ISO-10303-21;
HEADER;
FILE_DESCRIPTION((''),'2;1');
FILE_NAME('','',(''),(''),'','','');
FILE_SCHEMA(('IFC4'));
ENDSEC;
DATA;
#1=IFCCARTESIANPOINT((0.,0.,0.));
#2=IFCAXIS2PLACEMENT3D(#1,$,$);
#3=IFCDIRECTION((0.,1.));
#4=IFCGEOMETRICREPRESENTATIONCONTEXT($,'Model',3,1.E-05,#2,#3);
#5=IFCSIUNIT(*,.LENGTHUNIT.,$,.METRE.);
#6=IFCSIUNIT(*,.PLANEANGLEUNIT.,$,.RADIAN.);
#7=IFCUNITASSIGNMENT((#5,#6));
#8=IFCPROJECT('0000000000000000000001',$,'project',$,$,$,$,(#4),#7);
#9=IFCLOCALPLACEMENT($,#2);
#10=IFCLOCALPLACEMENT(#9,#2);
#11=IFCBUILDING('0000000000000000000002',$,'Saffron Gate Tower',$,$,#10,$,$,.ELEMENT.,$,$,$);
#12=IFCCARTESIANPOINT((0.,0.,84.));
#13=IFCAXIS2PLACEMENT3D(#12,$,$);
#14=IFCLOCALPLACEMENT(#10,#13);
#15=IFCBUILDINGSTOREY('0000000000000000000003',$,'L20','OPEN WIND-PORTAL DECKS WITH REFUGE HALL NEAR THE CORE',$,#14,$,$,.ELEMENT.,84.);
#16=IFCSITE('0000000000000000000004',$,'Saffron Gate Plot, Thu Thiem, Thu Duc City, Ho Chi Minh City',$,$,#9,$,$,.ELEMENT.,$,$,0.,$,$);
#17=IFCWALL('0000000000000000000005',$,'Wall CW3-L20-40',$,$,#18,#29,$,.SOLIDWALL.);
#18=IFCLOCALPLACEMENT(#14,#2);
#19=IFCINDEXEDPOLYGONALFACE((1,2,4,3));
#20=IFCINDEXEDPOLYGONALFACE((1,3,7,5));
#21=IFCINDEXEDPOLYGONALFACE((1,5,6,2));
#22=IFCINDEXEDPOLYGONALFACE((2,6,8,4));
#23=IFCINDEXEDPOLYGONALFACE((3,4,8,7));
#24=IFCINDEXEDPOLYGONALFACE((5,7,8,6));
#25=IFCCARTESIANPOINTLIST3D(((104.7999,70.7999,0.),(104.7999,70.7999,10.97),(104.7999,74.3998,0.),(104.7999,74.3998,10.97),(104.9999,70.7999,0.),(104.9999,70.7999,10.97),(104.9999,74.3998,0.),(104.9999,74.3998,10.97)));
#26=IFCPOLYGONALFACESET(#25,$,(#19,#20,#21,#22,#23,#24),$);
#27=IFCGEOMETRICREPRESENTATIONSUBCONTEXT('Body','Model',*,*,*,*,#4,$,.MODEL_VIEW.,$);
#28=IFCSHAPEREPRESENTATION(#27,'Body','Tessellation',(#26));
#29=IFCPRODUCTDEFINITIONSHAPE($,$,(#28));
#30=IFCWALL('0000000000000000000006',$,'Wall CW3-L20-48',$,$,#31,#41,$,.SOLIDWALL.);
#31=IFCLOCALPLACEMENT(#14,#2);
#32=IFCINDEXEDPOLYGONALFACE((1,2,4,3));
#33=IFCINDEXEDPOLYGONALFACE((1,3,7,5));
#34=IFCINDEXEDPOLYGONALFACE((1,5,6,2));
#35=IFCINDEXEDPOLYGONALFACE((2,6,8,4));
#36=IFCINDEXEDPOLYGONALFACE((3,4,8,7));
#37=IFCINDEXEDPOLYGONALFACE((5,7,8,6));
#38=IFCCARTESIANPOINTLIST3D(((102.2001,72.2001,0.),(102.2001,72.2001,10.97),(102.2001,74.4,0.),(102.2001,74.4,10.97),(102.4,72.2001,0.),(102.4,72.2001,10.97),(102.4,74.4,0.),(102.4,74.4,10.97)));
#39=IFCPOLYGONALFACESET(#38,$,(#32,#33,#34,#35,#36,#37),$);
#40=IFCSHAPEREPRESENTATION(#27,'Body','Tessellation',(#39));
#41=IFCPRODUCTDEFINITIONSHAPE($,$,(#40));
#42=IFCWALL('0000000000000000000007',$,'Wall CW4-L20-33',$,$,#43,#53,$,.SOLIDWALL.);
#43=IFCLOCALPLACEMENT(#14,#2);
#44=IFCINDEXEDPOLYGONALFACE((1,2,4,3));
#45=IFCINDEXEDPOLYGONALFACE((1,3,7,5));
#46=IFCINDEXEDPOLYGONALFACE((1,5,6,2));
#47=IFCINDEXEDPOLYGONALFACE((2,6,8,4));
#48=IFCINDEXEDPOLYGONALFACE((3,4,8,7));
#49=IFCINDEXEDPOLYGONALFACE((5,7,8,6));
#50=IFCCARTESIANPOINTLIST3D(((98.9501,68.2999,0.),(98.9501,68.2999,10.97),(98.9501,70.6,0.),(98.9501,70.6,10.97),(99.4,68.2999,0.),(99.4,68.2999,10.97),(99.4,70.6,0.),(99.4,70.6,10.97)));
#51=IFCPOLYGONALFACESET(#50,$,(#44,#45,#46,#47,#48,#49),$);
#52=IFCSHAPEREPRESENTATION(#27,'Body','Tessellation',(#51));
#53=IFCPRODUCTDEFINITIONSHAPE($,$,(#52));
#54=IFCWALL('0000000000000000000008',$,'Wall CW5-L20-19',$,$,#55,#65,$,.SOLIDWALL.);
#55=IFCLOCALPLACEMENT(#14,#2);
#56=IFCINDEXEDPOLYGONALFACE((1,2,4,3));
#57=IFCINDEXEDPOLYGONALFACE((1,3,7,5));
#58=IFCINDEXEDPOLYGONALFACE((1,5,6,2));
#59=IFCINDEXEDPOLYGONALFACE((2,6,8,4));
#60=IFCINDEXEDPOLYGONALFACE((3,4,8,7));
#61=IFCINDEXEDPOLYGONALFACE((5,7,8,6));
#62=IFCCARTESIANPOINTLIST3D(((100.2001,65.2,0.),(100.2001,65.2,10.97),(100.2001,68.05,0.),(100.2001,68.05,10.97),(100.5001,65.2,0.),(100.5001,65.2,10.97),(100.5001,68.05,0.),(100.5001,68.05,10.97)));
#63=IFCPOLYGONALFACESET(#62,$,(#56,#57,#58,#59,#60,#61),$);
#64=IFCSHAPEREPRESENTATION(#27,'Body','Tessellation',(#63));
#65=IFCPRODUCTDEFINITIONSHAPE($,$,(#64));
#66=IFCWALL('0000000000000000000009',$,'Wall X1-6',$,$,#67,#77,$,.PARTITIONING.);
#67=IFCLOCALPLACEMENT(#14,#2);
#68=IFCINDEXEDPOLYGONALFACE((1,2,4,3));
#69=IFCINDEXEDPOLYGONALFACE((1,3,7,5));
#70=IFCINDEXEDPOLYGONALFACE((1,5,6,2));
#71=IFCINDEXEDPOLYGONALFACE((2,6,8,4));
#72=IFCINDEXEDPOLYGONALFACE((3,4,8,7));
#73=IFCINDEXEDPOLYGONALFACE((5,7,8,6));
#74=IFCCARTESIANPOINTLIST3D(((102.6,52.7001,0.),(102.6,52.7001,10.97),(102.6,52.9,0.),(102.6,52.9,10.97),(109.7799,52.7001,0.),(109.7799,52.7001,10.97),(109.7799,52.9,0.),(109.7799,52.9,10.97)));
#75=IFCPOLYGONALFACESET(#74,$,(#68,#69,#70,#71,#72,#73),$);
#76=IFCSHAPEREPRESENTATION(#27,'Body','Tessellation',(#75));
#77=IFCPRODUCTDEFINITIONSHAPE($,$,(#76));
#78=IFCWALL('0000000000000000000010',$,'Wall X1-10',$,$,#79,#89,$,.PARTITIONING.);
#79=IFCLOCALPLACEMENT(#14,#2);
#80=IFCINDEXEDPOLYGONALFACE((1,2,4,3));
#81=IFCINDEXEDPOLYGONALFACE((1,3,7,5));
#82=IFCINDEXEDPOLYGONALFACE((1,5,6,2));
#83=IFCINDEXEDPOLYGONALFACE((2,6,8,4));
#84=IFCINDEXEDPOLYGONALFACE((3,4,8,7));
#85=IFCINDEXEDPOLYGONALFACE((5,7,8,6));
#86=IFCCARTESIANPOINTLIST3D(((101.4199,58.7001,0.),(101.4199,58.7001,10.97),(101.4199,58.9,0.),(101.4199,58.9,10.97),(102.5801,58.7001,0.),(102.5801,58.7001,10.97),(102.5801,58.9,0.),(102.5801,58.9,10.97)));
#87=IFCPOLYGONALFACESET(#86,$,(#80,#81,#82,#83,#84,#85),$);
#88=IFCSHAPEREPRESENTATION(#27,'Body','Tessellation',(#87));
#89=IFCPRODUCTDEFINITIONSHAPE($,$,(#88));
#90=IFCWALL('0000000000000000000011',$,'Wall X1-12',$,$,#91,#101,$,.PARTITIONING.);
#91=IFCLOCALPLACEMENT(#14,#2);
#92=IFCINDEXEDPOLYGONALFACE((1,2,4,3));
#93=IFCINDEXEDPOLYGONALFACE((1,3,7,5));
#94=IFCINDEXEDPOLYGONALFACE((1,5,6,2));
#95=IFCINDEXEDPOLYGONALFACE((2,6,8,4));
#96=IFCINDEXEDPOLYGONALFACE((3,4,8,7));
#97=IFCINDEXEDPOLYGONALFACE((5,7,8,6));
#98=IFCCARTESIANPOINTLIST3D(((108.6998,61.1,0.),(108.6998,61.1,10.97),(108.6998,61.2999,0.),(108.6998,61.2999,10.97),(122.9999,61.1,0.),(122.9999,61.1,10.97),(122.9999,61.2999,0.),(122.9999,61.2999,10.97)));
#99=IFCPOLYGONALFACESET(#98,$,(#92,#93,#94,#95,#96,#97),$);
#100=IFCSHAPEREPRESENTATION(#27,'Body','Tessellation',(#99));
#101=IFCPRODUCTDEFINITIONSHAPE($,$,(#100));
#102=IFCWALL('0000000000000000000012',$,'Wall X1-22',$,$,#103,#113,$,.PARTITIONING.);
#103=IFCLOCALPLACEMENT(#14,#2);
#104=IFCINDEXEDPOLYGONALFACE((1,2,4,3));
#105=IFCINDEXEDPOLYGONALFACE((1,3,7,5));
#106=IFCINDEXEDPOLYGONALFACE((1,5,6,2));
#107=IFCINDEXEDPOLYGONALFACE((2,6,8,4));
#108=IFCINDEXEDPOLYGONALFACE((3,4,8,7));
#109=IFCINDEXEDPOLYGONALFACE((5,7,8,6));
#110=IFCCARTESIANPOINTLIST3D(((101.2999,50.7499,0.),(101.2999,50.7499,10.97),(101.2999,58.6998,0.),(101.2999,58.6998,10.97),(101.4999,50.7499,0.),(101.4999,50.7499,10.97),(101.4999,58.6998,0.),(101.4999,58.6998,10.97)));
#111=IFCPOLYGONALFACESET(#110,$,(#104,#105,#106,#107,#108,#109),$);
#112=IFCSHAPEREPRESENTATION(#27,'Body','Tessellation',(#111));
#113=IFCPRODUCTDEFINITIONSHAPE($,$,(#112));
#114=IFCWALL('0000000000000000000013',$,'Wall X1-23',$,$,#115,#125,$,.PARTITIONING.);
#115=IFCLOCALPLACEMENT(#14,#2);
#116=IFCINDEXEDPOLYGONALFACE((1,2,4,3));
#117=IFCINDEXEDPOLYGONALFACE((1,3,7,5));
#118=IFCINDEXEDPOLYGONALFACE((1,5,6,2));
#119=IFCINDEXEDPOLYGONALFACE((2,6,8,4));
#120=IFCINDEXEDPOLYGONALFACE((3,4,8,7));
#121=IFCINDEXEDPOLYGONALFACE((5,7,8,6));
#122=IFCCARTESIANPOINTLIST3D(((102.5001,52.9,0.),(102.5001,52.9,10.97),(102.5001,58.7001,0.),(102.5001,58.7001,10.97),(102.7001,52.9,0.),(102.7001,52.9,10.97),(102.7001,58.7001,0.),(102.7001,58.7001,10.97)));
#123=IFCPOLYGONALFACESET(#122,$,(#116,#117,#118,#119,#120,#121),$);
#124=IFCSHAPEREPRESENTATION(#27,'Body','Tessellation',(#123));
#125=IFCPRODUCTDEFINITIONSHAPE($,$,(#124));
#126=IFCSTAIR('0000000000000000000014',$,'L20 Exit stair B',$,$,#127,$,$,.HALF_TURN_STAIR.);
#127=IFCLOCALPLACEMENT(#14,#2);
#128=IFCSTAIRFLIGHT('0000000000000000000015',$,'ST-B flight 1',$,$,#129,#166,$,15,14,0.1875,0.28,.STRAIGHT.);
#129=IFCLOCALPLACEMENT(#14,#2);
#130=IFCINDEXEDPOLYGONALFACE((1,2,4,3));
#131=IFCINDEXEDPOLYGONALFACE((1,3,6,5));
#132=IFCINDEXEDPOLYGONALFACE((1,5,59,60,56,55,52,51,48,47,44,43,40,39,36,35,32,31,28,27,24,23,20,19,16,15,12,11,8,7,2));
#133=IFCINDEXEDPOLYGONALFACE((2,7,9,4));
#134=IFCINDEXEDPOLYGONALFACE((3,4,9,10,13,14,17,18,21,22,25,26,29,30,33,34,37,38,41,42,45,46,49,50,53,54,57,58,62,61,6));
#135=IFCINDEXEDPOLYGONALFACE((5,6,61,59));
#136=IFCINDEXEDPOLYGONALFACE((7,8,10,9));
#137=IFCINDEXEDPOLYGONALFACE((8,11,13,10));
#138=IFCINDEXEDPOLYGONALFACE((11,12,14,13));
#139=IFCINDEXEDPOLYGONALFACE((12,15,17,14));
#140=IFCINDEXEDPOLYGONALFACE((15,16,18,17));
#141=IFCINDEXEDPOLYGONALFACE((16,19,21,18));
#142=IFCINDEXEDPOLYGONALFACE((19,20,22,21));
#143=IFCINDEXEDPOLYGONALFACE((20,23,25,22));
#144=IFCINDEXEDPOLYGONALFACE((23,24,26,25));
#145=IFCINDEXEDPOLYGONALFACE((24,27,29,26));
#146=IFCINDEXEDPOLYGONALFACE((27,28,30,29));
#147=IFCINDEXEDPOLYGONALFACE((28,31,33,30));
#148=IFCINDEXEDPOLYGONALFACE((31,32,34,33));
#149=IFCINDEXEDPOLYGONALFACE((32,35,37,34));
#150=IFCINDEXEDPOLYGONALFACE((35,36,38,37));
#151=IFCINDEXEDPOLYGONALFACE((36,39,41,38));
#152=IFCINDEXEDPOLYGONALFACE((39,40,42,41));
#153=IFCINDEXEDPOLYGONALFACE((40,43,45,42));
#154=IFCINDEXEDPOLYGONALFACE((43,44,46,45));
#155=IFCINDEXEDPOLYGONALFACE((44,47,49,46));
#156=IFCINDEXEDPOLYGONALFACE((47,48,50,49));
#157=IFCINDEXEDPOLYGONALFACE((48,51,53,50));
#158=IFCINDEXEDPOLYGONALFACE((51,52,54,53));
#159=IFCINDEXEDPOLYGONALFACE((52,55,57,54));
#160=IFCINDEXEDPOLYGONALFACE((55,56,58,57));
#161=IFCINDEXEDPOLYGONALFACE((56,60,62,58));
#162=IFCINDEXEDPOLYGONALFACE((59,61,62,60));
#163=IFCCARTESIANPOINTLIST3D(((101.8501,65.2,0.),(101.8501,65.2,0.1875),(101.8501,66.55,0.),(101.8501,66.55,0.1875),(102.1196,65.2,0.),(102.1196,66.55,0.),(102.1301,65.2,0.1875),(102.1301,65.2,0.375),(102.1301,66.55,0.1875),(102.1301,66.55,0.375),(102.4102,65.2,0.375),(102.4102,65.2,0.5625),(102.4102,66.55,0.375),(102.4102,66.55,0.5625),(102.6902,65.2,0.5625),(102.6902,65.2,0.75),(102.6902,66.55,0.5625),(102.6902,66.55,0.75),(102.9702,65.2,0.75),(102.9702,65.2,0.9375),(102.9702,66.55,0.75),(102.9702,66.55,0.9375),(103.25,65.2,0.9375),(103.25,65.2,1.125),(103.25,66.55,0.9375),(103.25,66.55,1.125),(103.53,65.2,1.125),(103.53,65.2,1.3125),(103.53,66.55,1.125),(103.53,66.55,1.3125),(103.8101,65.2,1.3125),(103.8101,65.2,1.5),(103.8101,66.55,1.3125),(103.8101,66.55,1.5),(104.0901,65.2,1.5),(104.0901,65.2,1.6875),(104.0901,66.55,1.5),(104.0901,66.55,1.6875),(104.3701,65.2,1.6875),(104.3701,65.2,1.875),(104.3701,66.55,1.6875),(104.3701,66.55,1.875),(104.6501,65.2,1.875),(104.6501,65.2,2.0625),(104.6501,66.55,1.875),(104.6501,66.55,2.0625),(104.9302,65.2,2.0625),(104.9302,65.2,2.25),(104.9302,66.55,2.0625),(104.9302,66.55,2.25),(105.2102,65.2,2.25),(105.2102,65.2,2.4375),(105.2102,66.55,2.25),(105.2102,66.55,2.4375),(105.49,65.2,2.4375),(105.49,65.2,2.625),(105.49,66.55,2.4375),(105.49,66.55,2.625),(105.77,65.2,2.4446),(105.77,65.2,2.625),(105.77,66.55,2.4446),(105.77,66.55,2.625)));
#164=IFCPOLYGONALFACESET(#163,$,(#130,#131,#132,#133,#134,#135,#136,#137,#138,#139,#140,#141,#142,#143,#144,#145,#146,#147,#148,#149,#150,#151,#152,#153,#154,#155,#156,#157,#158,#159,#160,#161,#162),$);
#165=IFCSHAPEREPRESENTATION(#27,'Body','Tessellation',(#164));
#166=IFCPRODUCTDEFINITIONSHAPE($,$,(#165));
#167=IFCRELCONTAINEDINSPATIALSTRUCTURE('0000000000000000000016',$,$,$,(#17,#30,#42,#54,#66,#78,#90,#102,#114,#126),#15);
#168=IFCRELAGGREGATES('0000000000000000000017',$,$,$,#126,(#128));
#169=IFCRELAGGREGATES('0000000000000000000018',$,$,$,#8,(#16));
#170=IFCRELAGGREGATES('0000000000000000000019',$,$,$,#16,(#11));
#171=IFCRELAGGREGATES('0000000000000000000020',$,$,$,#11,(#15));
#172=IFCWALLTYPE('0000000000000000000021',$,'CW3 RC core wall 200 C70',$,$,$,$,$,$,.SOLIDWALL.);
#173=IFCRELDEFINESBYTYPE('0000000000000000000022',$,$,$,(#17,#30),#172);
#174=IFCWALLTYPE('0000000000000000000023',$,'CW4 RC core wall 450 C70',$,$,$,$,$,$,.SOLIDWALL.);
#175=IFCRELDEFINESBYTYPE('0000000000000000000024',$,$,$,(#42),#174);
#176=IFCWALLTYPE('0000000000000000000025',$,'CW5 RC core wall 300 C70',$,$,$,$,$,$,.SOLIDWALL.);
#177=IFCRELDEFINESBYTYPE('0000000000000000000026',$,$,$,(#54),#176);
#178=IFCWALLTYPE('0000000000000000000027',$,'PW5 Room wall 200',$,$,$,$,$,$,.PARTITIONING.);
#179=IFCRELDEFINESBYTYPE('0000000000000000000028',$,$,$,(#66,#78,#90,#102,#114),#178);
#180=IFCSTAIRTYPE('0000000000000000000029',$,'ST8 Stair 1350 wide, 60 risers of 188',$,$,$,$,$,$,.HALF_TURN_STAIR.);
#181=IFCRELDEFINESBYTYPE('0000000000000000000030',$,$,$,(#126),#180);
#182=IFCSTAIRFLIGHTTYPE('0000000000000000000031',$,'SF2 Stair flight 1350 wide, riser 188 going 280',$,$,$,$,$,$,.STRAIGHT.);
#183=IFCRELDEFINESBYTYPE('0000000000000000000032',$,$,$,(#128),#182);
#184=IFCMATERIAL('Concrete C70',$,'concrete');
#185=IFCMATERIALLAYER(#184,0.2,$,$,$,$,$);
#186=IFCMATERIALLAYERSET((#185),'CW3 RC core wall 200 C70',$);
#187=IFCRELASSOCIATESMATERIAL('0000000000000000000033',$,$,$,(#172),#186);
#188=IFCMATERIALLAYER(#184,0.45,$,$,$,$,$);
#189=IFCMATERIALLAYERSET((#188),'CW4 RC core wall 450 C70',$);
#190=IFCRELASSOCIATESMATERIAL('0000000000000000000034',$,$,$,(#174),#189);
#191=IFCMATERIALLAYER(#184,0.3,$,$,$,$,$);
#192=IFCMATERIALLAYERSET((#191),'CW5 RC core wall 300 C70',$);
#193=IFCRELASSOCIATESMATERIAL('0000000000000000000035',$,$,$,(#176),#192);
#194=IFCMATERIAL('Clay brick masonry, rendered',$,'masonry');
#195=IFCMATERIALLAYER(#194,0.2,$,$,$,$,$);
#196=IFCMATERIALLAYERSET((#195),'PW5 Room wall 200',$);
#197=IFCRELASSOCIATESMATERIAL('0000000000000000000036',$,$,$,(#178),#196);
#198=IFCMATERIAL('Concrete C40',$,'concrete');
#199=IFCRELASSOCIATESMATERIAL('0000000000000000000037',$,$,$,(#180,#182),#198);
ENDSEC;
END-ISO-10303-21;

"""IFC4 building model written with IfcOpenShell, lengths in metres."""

from ifc_helpers import new_model, si_unit, direction, frame, frame_2d, origin, place, context, subcontext, project, spatial, polyline, rectangle, outline, extrude, material, layer, layer_set, type_object, element, aggregate, save


model = new_model("IFC4")

# Units and contexts
model_context = context("Model", 3, precision=1e-05, world=origin(), true_north=direction((0.0, 1.0)))
body_context = subcontext(model_context, "Body", "Model", "MODEL_VIEW")
ifc_project = project(units=[si_unit("LENGTHUNIT", "METRE"), si_unit("PLANEANGLEUNIT", "RADIAN")], contexts=[model_context])

# Site, building, storey
site_placement = place(None, origin())
site = spatial("IfcSite", under=ifc_project, at=site_placement, Name="Saffron Gate Plot, Thu Thiem, Thu Duc City, Ho Chi Minh City", CompositionType="ELEMENT", RefElevation=0.0)
building_placement = place(site_placement, origin())
building = spatial("IfcBuilding", under=site, at=building_placement, Name="Saffron Gate Tower", CompositionType="ELEMENT")
storey_placement = place(building_placement, frame((0.0, 0.0, 84.0)))
storey = spatial("IfcBuildingStorey", under=building, at=storey_placement, Name="L20", Description="OPEN WIND-PORTAL DECKS WITH REFUGE HALL NEAR THE CORE", CompositionType="ELEMENT", Elevation=84.0)

# Shared definitions
ifc_material_1 = material(Name="Concrete C70", Category="concrete")

# Walls
ifc_layer_1 = layer(ifc_material_1, 0.2)
ifc_layer_set_1 = layer_set([ifc_layer_1], Name="CW3 RC core wall 200 C70")
wall_type_1 = type_object("IfcWallType", Name="CW3 RC core wall 200 C70", PredefinedType="SOLIDWALL", material=ifc_layer_set_1)
wall_1_placement = place(storey_placement, frame((104.8999, 70.8, 0.0), z_axis=(0.0, 0.0, 1.0), x_axis=(0.0, 1.0, 0.0)))
element("IfcWall", 1, at=wall_1_placement, inside=storey, type_object=wall_type_1, Name="Wall CW3-L20-40", PredefinedType="SOLIDWALL", context=body_context, shape_type="SweptSolid", body=[
    extrude(rectangle(XDim=3.5999, YDim=0.2, at=frame_2d((1.7998, 0.0))), origin(), (0.0, 0.0, 1.0), 10.97),
])
wall_2_placement = place(storey_placement, frame((102.3, 72.2, 0.0), z_axis=(0.0, 0.0, 1.0), x_axis=(0.0, 1.0, 0.0)))
element("IfcWall", 2, at=wall_2_placement, inside=storey, type_object=wall_type_1, Name="Wall CW3-L20-48", PredefinedType="SOLIDWALL", context=body_context, shape_type="SweptSolid", body=[
    extrude(rectangle(XDim=2.2, YDim=0.2, at=frame_2d((1.1001, 0.0))), origin(), (0.0, 0.0, 1.0), 10.97),
])
ifc_layer_2 = layer(ifc_material_1, 0.45)
ifc_layer_set_2 = layer_set([ifc_layer_2], Name="CW4 RC core wall 450 C70")
wall_type_2 = type_object("IfcWallType", Name="CW4 RC core wall 450 C70", PredefinedType="SOLIDWALL", material=ifc_layer_set_2)
wall_3_placement = place(storey_placement, frame((99.175, 68.3, 0.0), z_axis=(0.0, 0.0, 1.0), x_axis=(0.0, 1.0, 0.0)))
element("IfcWall", 3, at=wall_3_placement, inside=storey, type_object=wall_type_2, Name="Wall CW4-L20-33", PredefinedType="SOLIDWALL", context=body_context, shape_type="SweptSolid", body=[
    extrude(rectangle(XDim=2.3, YDim=0.45, at=frame_2d((1.1499, 0.0))), origin(), (0.0, 0.0, 1.0), 10.97),
])
ifc_layer_3 = layer(ifc_material_1, 0.3)
ifc_layer_set_3 = layer_set([ifc_layer_3], Name="CW5 RC core wall 300 C70")
wall_type_3 = type_object("IfcWallType", Name="CW5 RC core wall 300 C70", PredefinedType="SOLIDWALL", material=ifc_layer_set_3)
wall_4_placement = place(storey_placement, frame((100.3501, 65.2, 0.0), z_axis=(0.0, 0.0, 1.0), x_axis=(0.0, 1.0, 0.0)))
element("IfcWall", 4, at=wall_4_placement, inside=storey, type_object=wall_type_3, Name="Wall CW5-L20-19", PredefinedType="SOLIDWALL", context=body_context, shape_type="SweptSolid", body=[
    extrude(rectangle(XDim=2.8501, YDim=0.3, at=frame_2d((1.425, 0.0))), origin(), (0.0, 0.0, 1.0), 10.97),
])
ifc_material_2 = material(Name="Clay brick masonry, rendered", Category="masonry")
ifc_layer_4 = layer(ifc_material_2, 0.2)
ifc_layer_set_4 = layer_set([ifc_layer_4], Name="PW5 Room wall 200")
wall_type_4 = type_object("IfcWallType", Name="PW5 Room wall 200", PredefinedType="PARTITIONING", material=ifc_layer_set_4)
wall_5_placement = place(storey_placement, frame((102.6001, 52.8, 0.0), z_axis=(0.0, 0.0, 1.0), x_axis=(1.0, 0.0, 0.0)))
element("IfcWall", 5, at=wall_5_placement, inside=storey, type_object=wall_type_4, Name="Wall X1-6", PredefinedType="PARTITIONING", context=body_context, shape_type="SweptSolid", body=[
    extrude(rectangle(XDim=7.1799, YDim=0.2, at=frame_2d((3.5898, 0.0))), origin(), (0.0, 0.0, 1.0), 10.97),
])
wall_6_placement = place(storey_placement, frame((101.4199, 58.8, 0.0), z_axis=(0.0, 0.0, 1.0), x_axis=(1.0, 0.0, 0.0)))
element("IfcWall", 6, at=wall_6_placement, inside=storey, type_object=wall_type_4, Name="Wall X1-10", PredefinedType="PARTITIONING", context=body_context, shape_type="SweptSolid", body=[
    extrude(rectangle(XDim=1.1602, YDim=0.2, at=frame_2d((0.5801, 0.0))), origin(), (0.0, 0.0, 1.0), 10.97),
])
wall_7_placement = place(storey_placement, frame((108.7, 61.2, 0.0), z_axis=(0.0, 0.0, 1.0), x_axis=(1.0, 0.0, 0.0)))
element("IfcWall", 7, at=wall_7_placement, inside=storey, type_object=wall_type_4, Name="Wall X1-12", PredefinedType="PARTITIONING", context=body_context, shape_type="SweptSolid", body=[
    extrude(rectangle(XDim=14.3, YDim=0.2, at=frame_2d((7.1499, 0.0))), origin(), (0.0, 0.0, 1.0), 10.97),
])
wall_8_placement = place(storey_placement, frame((101.3999, 58.7, 0.0), z_axis=(0.0, 0.0, 1.0), x_axis=(0.0, -1.0, 0.0)))
element("IfcWall", 8, at=wall_8_placement, inside=storey, type_object=wall_type_4, Name="Wall X1-22", PredefinedType="PARTITIONING", context=body_context, shape_type="SweptSolid", body=[
    extrude(rectangle(XDim=7.95, YDim=0.2, at=frame_2d((3.9751, 0.0))), origin(), (0.0, 0.0, 1.0), 10.97),
])
wall_9_placement = place(storey_placement, frame((102.6001, 58.7, 0.0), z_axis=(0.0, 0.0, 1.0), x_axis=(0.0, -1.0, 0.0)))
element("IfcWall", 9, at=wall_9_placement, inside=storey, type_object=wall_type_4, Name="Wall X1-23", PredefinedType="PARTITIONING", context=body_context, shape_type="SweptSolid", body=[
    extrude(rectangle(XDim=5.8, YDim=0.2, at=frame_2d((2.8999, 0.0))), origin(), (0.0, 0.0, 1.0), 10.97),
])

# Stair, stair flight
ifc_material_3 = material(Name="Concrete C40", Category="concrete")
stair_type = type_object("IfcStairType", Name="ST8 Stair 1350 wide, 60 risers of 188", PredefinedType="HALF_TURN_STAIR", material=ifc_material_3)
stair_placement = place(storey_placement, origin())
stair = element("IfcStair", 10, at=stair_placement, inside=storey, type_object=stair_type, Name="L20 Exit stair B", PredefinedType="HALF_TURN_STAIR")
stair_flight_type = type_object("IfcStairFlightType", Name="SF2 Stair flight 1350 wide, riser 188 going 280", PredefinedType="STRAIGHT", material=ifc_material_3)
stair_flight_1_placement = place(storey_placement, frame((101.8501, 65.875, 0.0), z_axis=(0.0, 0.0, 1.0), x_axis=(1.0, 0.0, 0.0)))
stair_flight_1 = element("IfcStairFlight", 11, at=stair_flight_1_placement, type_object=stair_flight_type, Name="ST-B flight 1", NumberOfRisers=15, NumberOfTreads=14, PredefinedType="STRAIGHT", RiserHeight=0.1875, TreadLength=0.28, context=body_context, shape_type="SweptSolid", body=[
    extrude(outline(polyline([(0.0, 0.0), (0.0, 0.1875), (0.28, 0.1875), (0.28, 0.375), (0.5601, 0.375), (0.5601, 0.5625), (0.8401, 0.5625), (0.8401, 0.75), (1.1201, 0.75), (1.1201, 0.9375), (1.3999, 0.9375), (1.3999, 1.125), (1.6799, 1.125), (1.6799, 1.3125), (1.96, 1.3125), (1.96, 1.5), (2.24, 1.5), (2.24, 1.6875), (2.52, 1.6875), (2.52, 1.875), (2.8, 1.875), (2.8, 2.0625), (3.0801, 2.0625), (3.0801, 2.25), (3.3601, 2.25), (3.3601, 2.4375), (3.6399, 2.4375), (3.6399, 2.625), (3.9199, 2.625), (3.9199, 2.8125), (3.9199, 2.4446), (0.2695, 0.0), (0.0, 0.0)])), frame((0.0, 0.675, 0.0), z_axis=(0.0, -1.0, 0.0), x_axis=(1.0, 0.0, 0.0)), (0.0, 0.0, 1.0), 1.3501),
])
aggregate(stair, [stair_flight_1])

save(model, "model.ifc")
